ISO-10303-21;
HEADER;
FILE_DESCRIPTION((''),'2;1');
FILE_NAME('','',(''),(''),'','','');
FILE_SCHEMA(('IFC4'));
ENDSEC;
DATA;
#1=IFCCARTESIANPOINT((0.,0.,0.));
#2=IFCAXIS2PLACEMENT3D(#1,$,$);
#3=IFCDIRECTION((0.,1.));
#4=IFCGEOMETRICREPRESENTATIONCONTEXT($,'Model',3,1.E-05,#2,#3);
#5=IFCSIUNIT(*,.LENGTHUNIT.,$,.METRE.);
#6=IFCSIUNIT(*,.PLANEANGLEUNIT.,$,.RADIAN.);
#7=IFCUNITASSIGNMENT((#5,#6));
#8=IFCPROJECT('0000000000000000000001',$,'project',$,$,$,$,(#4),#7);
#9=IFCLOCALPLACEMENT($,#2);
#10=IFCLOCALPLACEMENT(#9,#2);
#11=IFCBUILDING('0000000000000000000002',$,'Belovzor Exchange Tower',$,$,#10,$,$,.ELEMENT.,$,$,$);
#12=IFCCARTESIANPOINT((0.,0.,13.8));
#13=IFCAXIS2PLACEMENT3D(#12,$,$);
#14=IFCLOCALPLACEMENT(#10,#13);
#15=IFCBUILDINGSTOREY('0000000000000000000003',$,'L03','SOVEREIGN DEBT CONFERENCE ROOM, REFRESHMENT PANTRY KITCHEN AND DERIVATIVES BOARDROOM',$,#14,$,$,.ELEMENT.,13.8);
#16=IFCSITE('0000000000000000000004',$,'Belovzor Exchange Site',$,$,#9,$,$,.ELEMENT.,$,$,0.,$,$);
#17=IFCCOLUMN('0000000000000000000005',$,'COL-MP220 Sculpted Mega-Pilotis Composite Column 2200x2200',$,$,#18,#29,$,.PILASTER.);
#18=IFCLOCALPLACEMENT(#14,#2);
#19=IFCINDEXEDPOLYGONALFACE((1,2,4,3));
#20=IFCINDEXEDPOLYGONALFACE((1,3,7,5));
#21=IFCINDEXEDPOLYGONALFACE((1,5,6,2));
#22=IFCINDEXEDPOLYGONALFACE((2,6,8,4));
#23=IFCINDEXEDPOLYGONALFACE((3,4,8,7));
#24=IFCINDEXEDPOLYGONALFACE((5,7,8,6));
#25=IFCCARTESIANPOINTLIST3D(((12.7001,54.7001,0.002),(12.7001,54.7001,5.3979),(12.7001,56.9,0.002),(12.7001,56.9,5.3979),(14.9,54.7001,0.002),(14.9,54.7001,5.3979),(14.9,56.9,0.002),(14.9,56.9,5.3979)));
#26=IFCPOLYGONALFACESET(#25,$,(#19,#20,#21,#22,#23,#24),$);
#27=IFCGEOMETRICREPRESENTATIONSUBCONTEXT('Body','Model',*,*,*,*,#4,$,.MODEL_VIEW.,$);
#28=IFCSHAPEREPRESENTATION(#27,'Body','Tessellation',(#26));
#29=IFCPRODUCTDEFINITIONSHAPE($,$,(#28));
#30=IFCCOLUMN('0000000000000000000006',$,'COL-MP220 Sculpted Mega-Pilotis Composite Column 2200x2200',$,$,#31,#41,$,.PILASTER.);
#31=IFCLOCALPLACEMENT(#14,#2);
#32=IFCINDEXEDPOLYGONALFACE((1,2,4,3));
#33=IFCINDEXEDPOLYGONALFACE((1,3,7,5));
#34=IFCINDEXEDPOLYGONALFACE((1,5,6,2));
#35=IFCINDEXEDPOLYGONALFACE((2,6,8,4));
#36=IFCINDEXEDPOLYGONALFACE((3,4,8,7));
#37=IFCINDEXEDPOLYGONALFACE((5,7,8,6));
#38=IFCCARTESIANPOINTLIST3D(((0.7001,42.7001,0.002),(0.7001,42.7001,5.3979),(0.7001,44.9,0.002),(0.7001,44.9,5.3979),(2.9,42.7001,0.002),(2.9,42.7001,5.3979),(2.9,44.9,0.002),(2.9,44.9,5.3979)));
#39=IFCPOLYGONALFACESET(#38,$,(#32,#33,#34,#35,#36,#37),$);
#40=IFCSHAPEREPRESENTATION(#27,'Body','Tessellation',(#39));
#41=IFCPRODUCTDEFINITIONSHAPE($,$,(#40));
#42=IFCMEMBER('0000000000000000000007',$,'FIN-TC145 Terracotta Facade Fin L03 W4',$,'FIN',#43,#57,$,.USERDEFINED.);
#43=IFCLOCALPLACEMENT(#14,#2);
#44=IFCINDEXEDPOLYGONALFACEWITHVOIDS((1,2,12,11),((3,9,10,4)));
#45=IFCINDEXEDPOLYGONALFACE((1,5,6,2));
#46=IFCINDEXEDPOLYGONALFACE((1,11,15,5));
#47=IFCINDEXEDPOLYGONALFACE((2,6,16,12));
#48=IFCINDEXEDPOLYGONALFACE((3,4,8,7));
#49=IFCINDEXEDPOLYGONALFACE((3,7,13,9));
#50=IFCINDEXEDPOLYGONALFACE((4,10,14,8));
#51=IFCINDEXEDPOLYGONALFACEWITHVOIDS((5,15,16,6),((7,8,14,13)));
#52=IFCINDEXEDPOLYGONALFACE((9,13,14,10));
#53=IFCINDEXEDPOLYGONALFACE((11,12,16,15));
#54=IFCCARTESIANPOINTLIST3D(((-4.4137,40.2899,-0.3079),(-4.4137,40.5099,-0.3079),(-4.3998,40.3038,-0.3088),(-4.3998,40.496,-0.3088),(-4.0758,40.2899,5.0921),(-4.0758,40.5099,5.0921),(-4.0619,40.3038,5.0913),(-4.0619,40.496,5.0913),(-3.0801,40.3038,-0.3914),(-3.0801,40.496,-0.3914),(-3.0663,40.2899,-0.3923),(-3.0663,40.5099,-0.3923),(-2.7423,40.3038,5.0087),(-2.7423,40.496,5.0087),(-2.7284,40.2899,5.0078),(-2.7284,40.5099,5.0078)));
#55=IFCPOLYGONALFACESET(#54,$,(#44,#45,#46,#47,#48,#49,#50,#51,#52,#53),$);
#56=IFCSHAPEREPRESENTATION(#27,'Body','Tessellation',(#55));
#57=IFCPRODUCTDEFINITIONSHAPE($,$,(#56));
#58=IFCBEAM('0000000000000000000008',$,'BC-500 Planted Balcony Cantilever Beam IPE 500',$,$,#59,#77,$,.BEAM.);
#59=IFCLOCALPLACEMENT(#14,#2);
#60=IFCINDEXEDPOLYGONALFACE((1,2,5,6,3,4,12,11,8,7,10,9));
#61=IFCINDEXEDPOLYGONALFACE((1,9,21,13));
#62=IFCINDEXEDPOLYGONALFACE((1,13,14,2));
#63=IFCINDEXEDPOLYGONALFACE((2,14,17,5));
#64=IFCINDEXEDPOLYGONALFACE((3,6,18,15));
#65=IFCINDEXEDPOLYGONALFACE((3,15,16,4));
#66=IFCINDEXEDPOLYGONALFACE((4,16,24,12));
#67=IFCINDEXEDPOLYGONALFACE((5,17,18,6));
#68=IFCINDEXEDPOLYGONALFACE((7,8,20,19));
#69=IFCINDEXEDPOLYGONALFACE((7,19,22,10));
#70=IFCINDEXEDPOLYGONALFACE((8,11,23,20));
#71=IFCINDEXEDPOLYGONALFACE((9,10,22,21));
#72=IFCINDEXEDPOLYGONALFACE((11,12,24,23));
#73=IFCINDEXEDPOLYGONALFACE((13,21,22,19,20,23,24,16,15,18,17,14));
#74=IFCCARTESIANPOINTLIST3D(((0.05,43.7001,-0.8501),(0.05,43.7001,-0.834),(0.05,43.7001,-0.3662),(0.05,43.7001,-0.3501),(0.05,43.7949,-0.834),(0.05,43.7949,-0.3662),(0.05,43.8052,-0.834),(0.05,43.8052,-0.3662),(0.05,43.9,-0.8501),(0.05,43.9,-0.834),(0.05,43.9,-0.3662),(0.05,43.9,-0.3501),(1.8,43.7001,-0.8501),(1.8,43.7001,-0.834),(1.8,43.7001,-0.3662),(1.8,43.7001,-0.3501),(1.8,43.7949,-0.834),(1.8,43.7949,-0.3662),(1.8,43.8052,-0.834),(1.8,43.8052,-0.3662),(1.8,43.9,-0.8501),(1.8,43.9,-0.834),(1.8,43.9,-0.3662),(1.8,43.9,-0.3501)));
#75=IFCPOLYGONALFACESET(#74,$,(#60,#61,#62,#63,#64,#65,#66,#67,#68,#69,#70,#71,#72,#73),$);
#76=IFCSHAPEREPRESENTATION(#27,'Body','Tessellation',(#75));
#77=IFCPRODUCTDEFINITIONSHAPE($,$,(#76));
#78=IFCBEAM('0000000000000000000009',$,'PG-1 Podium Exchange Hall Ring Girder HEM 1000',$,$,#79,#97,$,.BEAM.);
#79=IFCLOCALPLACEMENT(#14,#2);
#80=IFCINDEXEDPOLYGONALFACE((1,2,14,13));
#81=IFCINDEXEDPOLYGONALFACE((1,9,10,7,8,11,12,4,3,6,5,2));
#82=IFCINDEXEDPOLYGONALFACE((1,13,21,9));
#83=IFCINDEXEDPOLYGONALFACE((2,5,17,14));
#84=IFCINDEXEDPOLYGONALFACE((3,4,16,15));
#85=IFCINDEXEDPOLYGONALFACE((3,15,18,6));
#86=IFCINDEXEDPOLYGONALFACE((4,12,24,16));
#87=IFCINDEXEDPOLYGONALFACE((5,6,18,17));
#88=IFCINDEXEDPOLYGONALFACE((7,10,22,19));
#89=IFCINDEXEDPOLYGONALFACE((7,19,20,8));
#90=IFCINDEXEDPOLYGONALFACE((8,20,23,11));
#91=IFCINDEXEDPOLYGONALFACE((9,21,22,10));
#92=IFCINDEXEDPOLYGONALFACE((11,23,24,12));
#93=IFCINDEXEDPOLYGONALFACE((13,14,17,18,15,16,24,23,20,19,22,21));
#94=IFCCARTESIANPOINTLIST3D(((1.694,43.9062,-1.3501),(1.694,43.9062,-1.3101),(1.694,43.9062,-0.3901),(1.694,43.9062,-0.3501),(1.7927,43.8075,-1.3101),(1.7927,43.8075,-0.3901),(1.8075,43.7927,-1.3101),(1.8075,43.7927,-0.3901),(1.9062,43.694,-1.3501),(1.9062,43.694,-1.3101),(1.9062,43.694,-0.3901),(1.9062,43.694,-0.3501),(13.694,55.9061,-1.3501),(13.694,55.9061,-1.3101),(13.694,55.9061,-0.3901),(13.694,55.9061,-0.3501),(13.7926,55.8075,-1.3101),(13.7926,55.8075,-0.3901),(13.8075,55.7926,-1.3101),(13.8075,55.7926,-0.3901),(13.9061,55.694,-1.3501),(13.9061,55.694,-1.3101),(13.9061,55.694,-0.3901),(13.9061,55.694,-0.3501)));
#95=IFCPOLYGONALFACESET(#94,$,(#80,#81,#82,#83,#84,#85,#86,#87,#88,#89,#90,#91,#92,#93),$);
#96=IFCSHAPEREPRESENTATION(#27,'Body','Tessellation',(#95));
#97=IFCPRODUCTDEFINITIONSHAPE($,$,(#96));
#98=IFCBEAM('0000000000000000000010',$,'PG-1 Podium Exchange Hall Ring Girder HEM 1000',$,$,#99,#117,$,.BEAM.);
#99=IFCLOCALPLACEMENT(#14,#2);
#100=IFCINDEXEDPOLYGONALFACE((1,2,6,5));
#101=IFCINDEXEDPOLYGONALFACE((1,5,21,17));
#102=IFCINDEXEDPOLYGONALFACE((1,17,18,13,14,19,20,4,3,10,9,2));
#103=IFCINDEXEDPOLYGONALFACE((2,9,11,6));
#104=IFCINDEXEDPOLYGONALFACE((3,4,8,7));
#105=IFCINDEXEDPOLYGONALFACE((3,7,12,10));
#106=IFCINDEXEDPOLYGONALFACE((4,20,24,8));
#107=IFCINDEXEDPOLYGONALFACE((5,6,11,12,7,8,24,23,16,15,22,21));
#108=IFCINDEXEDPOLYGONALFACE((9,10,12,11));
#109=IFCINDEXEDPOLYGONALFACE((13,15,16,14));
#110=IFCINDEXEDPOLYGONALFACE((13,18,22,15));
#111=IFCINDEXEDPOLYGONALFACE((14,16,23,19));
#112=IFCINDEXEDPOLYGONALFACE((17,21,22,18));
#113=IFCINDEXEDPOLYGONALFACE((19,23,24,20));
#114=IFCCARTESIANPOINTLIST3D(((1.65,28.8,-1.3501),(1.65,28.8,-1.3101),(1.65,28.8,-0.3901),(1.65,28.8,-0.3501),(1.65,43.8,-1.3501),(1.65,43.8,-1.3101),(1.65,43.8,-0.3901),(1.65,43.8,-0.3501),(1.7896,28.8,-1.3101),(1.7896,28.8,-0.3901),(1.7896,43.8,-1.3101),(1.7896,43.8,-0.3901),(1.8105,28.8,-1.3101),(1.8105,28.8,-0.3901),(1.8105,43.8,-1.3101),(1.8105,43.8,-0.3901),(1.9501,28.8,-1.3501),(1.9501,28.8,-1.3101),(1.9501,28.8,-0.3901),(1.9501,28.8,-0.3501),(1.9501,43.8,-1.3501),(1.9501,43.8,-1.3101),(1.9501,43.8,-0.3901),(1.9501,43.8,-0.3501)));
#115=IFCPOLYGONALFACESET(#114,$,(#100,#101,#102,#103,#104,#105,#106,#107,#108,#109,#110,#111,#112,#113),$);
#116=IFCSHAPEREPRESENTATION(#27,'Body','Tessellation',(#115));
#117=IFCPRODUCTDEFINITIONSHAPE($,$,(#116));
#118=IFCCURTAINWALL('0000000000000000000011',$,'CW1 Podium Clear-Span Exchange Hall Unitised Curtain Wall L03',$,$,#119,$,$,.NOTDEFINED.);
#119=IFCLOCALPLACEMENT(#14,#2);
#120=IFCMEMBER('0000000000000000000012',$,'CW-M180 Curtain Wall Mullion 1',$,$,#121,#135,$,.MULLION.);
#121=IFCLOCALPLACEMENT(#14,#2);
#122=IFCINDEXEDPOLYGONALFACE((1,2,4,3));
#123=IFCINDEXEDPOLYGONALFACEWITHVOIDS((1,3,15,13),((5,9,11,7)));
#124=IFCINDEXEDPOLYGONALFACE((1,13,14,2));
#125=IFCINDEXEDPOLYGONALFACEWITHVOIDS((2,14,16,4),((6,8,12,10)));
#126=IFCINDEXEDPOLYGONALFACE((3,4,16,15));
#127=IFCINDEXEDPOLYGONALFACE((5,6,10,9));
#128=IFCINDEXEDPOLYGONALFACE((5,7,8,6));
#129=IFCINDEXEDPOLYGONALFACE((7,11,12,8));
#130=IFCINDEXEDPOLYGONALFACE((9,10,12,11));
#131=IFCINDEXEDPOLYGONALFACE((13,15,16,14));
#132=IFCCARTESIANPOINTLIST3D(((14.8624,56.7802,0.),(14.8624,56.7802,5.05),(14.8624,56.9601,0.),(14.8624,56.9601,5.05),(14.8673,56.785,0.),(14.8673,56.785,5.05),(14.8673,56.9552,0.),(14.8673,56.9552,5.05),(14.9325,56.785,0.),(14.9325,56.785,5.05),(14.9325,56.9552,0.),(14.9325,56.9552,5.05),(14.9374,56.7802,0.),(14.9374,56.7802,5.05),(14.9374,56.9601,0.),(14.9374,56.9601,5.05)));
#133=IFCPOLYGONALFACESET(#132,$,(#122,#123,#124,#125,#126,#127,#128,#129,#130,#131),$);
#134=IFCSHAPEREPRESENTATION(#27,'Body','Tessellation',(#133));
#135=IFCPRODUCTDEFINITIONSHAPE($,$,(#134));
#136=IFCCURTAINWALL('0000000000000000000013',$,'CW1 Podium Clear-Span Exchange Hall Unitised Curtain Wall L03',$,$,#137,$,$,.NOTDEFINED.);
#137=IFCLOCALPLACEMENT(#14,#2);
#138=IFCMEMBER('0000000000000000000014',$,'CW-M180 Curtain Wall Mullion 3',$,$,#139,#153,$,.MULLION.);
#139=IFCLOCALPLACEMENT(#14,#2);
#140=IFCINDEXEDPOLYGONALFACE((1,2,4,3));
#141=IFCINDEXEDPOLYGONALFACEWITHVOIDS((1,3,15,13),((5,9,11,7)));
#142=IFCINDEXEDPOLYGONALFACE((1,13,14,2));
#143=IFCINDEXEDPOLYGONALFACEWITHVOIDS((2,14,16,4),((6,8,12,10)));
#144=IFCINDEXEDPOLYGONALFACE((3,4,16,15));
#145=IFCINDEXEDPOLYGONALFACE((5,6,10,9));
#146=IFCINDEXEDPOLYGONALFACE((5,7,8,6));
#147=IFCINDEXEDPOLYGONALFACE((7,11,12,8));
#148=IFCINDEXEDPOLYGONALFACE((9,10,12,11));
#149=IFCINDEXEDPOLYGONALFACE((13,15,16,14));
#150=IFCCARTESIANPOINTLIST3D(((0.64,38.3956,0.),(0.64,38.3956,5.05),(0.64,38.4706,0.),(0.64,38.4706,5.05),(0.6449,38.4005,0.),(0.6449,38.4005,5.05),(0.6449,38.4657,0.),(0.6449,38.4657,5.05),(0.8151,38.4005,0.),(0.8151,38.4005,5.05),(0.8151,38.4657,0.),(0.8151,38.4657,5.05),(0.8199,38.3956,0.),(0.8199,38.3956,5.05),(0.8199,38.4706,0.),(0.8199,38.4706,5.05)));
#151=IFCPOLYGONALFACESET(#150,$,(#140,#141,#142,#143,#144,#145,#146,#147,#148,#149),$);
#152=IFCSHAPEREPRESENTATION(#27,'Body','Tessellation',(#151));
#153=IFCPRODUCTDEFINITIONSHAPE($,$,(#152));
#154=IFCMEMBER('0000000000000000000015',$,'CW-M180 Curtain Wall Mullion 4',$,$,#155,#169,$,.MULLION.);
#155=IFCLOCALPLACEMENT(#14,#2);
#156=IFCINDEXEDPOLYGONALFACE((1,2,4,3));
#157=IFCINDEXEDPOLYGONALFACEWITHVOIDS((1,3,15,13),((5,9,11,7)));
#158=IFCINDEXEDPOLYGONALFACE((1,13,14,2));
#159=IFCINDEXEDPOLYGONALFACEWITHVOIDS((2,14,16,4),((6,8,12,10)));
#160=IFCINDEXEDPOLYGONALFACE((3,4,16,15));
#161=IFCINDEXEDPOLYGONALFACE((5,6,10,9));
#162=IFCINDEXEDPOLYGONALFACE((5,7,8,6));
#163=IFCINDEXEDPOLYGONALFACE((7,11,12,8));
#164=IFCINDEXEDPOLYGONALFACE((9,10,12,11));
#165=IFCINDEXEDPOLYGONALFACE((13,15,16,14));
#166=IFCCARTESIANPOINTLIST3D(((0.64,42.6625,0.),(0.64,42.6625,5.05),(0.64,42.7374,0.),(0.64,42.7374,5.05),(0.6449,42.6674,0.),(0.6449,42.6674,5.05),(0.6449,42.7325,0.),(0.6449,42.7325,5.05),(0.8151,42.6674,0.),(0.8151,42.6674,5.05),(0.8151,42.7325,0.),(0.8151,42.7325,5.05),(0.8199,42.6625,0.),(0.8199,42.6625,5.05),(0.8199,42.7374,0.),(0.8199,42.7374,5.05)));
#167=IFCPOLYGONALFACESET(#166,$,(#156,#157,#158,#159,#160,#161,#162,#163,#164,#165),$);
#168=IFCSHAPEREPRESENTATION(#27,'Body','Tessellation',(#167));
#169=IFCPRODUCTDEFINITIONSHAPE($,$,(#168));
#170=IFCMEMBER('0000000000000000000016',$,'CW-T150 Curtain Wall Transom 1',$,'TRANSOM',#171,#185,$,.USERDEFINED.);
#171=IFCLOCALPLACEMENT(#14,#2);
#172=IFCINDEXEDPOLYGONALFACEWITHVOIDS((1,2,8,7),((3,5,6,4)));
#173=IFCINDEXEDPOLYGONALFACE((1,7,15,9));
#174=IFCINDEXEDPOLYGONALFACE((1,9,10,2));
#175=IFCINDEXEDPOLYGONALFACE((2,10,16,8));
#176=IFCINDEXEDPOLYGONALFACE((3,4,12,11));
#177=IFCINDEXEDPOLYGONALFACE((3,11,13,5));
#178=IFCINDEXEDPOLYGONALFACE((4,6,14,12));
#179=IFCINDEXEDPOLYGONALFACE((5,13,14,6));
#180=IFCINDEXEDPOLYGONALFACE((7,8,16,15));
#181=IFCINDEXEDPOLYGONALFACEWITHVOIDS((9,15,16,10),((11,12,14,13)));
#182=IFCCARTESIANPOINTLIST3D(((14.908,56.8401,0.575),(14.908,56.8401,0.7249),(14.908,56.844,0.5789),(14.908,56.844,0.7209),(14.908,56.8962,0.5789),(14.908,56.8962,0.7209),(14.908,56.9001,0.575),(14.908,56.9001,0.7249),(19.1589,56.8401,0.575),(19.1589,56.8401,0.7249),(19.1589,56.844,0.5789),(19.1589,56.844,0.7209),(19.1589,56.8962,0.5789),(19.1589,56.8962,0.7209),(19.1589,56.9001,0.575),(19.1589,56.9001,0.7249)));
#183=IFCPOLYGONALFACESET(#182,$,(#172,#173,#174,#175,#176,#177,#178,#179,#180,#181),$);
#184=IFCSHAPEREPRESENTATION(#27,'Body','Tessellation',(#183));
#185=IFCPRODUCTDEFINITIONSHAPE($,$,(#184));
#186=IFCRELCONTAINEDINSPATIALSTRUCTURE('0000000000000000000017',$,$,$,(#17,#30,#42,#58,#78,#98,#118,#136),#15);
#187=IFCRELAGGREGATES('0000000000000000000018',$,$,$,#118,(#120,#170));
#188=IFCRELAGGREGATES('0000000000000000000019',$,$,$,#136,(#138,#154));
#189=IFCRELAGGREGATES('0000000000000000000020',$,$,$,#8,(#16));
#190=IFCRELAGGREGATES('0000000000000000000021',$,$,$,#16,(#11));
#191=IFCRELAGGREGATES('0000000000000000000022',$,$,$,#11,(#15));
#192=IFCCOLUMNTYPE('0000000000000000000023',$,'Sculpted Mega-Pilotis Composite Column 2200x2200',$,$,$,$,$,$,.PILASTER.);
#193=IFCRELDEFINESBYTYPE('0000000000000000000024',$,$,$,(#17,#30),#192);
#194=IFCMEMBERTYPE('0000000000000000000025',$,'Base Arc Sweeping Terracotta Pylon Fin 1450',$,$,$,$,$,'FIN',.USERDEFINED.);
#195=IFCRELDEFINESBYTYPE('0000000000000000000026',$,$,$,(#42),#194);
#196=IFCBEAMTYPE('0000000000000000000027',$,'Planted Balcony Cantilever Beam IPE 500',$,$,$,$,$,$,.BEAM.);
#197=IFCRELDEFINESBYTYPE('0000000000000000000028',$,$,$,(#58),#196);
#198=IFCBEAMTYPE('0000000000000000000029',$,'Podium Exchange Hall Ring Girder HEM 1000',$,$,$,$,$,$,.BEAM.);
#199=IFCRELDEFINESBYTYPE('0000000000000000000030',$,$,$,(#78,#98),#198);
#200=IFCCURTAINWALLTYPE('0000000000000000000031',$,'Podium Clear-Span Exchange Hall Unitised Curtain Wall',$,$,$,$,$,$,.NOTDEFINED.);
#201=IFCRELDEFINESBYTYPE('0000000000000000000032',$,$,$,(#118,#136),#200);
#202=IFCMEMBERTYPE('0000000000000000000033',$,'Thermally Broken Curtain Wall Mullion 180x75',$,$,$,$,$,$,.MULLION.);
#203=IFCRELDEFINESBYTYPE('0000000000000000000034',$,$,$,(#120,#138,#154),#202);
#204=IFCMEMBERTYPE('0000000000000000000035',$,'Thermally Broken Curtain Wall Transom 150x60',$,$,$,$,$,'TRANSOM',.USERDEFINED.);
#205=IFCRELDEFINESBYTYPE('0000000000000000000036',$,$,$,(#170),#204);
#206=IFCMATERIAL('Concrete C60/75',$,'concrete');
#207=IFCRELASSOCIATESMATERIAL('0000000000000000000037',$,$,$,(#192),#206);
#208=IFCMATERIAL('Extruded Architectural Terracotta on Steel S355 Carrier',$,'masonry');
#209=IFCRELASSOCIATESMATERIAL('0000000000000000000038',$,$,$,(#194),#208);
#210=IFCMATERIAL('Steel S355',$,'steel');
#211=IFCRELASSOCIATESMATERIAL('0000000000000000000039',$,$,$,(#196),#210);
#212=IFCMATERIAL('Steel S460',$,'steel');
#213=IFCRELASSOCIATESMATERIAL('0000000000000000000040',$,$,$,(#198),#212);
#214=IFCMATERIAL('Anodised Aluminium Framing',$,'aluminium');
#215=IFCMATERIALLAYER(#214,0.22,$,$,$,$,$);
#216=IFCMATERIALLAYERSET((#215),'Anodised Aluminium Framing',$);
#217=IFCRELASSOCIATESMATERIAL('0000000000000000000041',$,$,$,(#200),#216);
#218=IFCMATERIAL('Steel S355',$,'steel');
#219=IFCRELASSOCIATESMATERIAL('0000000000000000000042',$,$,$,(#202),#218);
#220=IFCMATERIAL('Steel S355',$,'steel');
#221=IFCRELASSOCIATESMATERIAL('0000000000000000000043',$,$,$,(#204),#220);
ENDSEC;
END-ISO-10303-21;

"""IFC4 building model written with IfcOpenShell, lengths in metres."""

from ifc_helpers import new_model, si_unit, direction, frame, origin, origin_2d, place, context, subcontext, project, spatial, rectangle, hollow_rectangle, i_section, extrude, material, layer, layer_set, material_profile, profile_set, type_object, element, aggregate, save


model = new_model("IFC4")

# Units and contexts
model_context = context("Model", 3, precision=1e-05, world=origin(), true_north=direction((0.0, 1.0)))
body_context = subcontext(model_context, "Body", "Model", "MODEL_VIEW")
ifc_project = project(units=[si_unit("LENGTHUNIT", "METRE"), si_unit("PLANEANGLEUNIT", "RADIAN")], contexts=[model_context])

# Site, building, storey
site_placement = place(None, origin())
site = spatial("IfcSite", under=ifc_project, at=site_placement, Name="Belovzor Exchange Site", CompositionType="ELEMENT", RefElevation=0.0)
building_placement = place(site_placement, origin())
building = spatial("IfcBuilding", under=site, at=building_placement, Name="Belovzor Exchange Tower", CompositionType="ELEMENT")
storey_placement = place(building_placement, frame((0.0, 0.0, 13.8)))
storey = spatial("IfcBuildingStorey", under=building, at=storey_placement, Name="L03", Description="SOVEREIGN DEBT CONFERENCE ROOM, REFRESHMENT PANTRY KITCHEN AND DERIVATIVES BOARDROOM", CompositionType="ELEMENT", Elevation=13.8)

# Columns
ifc_material_1 = material(Name="Concrete C60/75", Category="concrete")
ifc_material_profile_1 = material_profile(ifc_material_1, rectangle(XDim=2.2, YDim=2.2, at=origin_2d()))
ifc_profile_set_1 = profile_set([ifc_material_profile_1], Name="Concrete C60/75")
column_type = type_object("IfcColumnType", Name="Sculpted Mega-Pilotis Composite Column 2200x2200", PredefinedType="PILASTER", material=ifc_profile_set_1)
for number, where, z_axis, x_axis, name in (
    (1, (13.8, 55.8, 0.002), (0.0, 0.0, 1.0), (1.0, 0.0, 0.0), "COL-MP220 Sculpted Mega-Pilotis Composite Column 2200x2200"),
    (2, (1.8, 43.8, 0.002), (0.0, 0.0, 1.0), (1.0, 0.0, 0.0), "COL-MP220 Sculpted Mega-Pilotis Composite Column 2200x2200"),
):
    element("IfcColumn", number, at=place(storey_placement, frame(where, z_axis=z_axis, x_axis=x_axis)), inside=storey, type_object=column_type, Name=name, PredefinedType="PILASTER", context=body_context, shape_type="SweptSolid", body=[
        extrude(rectangle(XDim=2.2, YDim=2.2, at=origin_2d()), origin(), (0.0, 0.0, 1.0), 5.396),
    ])

# Member
ifc_material_2 = material(Name="Extruded Architectural Terracotta on Steel S355 Carrier", Category="masonry")
ifc_material_profile_2 = material_profile(ifc_material_2, hollow_rectangle(XDim=0.22, YDim=1.3501, WallThickness=0.0139, at=origin_2d()))
ifc_profile_set_2 = profile_set([ifc_material_profile_2], Name="Extruded Architectural Terracotta on Steel S355 Carrier")
member_type_1 = type_object("IfcMemberType", Name="Base Arc Sweeping Terracotta Pylon Fin 1450", ElementType="FIN", PredefinedType="USERDEFINED", material=ifc_profile_set_2)
member_1_placement = place(storey_placement, frame((-3.74, 40.3999, -0.3501), z_axis=(0.062449, 0.0, 0.998048), x_axis=(0.0, 1.0, 0.0)))
element("IfcMember", 3, at=member_1_placement, inside=storey, type_object=member_type_1, Name="FIN-TC145 Terracotta Facade Fin L03 W4", ObjectType="FIN", PredefinedType="USERDEFINED", context=body_context, shape_type="SweptSolid", body=[
    extrude(hollow_rectangle(XDim=0.22, YDim=1.3501, WallThickness=0.0139, at=origin_2d()), origin(), (0.0, 0.0, 1.0), 5.4106),
])

# Beams
ifc_material_3 = material(Name="Steel S355", Category="steel")
ifc_material_profile_3 = material_profile(ifc_material_3, i_section(OverallWidth=0.2, OverallDepth=0.5, WebThickness=0.0103, FlangeThickness=0.0161, at=origin_2d()))
ifc_profile_set_3 = profile_set([ifc_material_profile_3], Name="Steel S355")
beam_type_1 = type_object("IfcBeamType", Name="Planted Balcony Cantilever Beam IPE 500", PredefinedType="BEAM", material=ifc_profile_set_3)
beam_1_placement = place(storey_placement, frame((1.8, 43.8, -0.6001), z_axis=(-1.0, 0.0, 0.0), x_axis=(0.0, -1.0, 0.0)))
element("IfcBeam", 4, at=beam_1_placement, inside=storey, type_object=beam_type_1, Name="BC-500 Planted Balcony Cantilever Beam IPE 500", PredefinedType="BEAM", context=body_context, shape_type="SweptSolid", body=[
    extrude(i_section(OverallWidth=0.2, OverallDepth=0.5, WebThickness=0.0103, FlangeThickness=0.0161, at=origin_2d()), origin(), (0.0, 0.0, 1.0), 1.75),
])
ifc_material_4 = material(Name="Steel S460", Category="steel")
ifc_material_profile_4 = material_profile(ifc_material_4, i_section(OverallWidth=0.3, OverallDepth=1.0, WebThickness=0.021, FlangeThickness=0.04, at=origin_2d()))
ifc_profile_set_4 = profile_set([ifc_material_profile_4], Name="Steel S460")
beam_type_2 = type_object("IfcBeamType", Name="Podium Exchange Hall Ring Girder HEM 1000", PredefinedType="BEAM", material=ifc_profile_set_4)
beam_2_placement = place(storey_placement, frame((13.8, 55.8, -0.8501), z_axis=(-0.707107, -0.707107, 0.0), x_axis=(0.707107, -0.707107, 0.0)))
element("IfcBeam", 5, at=beam_2_placement, inside=storey, type_object=beam_type_2, Name="PG-1 Podium Exchange Hall Ring Girder HEM 1000", PredefinedType="BEAM", context=body_context, shape_type="SweptSolid", body=[
    extrude(i_section(OverallWidth=0.3, OverallDepth=1.0, WebThickness=0.021, FlangeThickness=0.04, at=origin_2d()), origin(), (0.0, 0.0, 1.0), 16.9705),
])
beam_3_placement = place(storey_placement, frame((1.8, 43.8, -0.8501), z_axis=(0.0, -1.0, 0.0), x_axis=(1.0, 0.0, 0.0)))
element("IfcBeam", 6, at=beam_3_placement, inside=storey, type_object=beam_type_2, Name="PG-1 Podium Exchange Hall Ring Girder HEM 1000", PredefinedType="BEAM", context=body_context, shape_type="SweptSolid", body=[
    extrude(i_section(OverallWidth=0.3, OverallDepth=1.0, WebThickness=0.021, FlangeThickness=0.04, at=origin_2d()), origin(), (0.0, 0.0, 1.0), 15.0),
])

# Curtain wall, member
ifc_material_5 = material(Name="Anodised Aluminium Framing", Category="aluminium")
ifc_layer_1 = layer(ifc_material_5, 0.22)
ifc_layer_set_1 = layer_set([ifc_layer_1], Name="Anodised Aluminium Framing")
curtain_wall_type = type_object("IfcCurtainWallType", Name="Podium Clear-Span Exchange Hall Unitised Curtain Wall", PredefinedType="NOTDEFINED", material=ifc_layer_set_1)
curtain_wall_1_placement = place(storey_placement, origin())
curtain_wall_1 = element("IfcCurtainWall", 7, at=curtain_wall_1_placement, inside=storey, type_object=curtain_wall_type, Name="CW1 Podium Clear-Span Exchange Hall Unitised Curtain Wall L03", PredefinedType="NOTDEFINED")
ifc_material_6 = material(Name="Steel S355", Category="steel")
ifc_material_profile_5 = material_profile(ifc_material_6, hollow_rectangle(XDim=0.075, YDim=0.1799, WallThickness=0.0049, at=origin_2d()))
ifc_profile_set_5 = profile_set([ifc_material_profile_5], Name="Steel S355")
member_type_2 = type_object("IfcMemberType", Name="Thermally Broken Curtain Wall Mullion 180x75", PredefinedType="MULLION", material=ifc_profile_set_5)
member_2_placement = place(storey_placement, frame((14.8999, 56.8701, 0.0), z_axis=(0.0, 0.0, 1.0), x_axis=(1.0, 0.0, 0.0)))
member_2 = element("IfcMember", 8, at=member_2_placement, type_object=member_type_2, Name="CW-M180 Curtain Wall Mullion 1", PredefinedType="MULLION", context=body_context, shape_type="SweptSolid", body=[
    extrude(hollow_rectangle(XDim=0.075, YDim=0.1799, WallThickness=0.0049, at=origin_2d()), origin(), (0.0, 0.0, 1.0), 5.05),
])

# Curtain wall, members
curtain_wall_2_placement = place(storey_placement, origin())
curtain_wall_2 = element("IfcCurtainWall", 9, at=curtain_wall_2_placement, inside=storey, type_object=curtain_wall_type, Name="CW1 Podium Clear-Span Exchange Hall Unitised Curtain Wall L03", PredefinedType="NOTDEFINED")
member_3_placement = place(storey_placement, frame((0.73, 38.4331, 0.0), z_axis=(0.0, 0.0, 1.0), x_axis=(0.0, 1.0, 0.0)))
member_3 = element("IfcMember", 10, at=member_3_placement, type_object=member_type_2, Name="CW-M180 Curtain Wall Mullion 3", PredefinedType="MULLION", context=body_context, shape_type="SweptSolid", body=[
    extrude(hollow_rectangle(XDim=0.075, YDim=0.1799, WallThickness=0.0049, at=origin_2d()), origin(), (0.0, 0.0, 1.0), 5.05),
])
member_4_placement = place(storey_placement, frame((0.73, 42.7, 0.0), z_axis=(0.0, 0.0, 1.0), x_axis=(0.0, 1.0, 0.0)))
member_4 = element("IfcMember", 11, at=member_4_placement, type_object=member_type_2, Name="CW-M180 Curtain Wall Mullion 4", PredefinedType="MULLION", context=body_context, shape_type="SweptSolid", body=[
    extrude(hollow_rectangle(XDim=0.075, YDim=0.1799, WallThickness=0.0049, at=origin_2d()), origin(), (0.0, 0.0, 1.0), 5.05),
])

# Member
ifc_material_7 = material(Name="Steel S355", Category="steel")
ifc_material_profile_6 = material_profile(ifc_material_7, hollow_rectangle(XDim=0.0601, YDim=0.1499, WallThickness=0.0039, at=origin_2d()))
ifc_profile_set_6 = profile_set([ifc_material_profile_6], Name="Steel S355")
member_type_3 = type_object("IfcMemberType", Name="Thermally Broken Curtain Wall Transom 150x60", ElementType="TRANSOM", PredefinedType="USERDEFINED", material=ifc_profile_set_6)
member_5_placement = place(storey_placement, frame((14.908, 56.8701, 0.6499), z_axis=(1.0, 0.0, 0.0), x_axis=(0.0, 1.0, 0.0)))
member_5 = element("IfcMember", 12, at=member_5_placement, type_object=member_type_3, Name="CW-T150 Curtain Wall Transom 1", ObjectType="TRANSOM", PredefinedType="USERDEFINED", context=body_context, shape_type="SweptSolid", body=[
    extrude(hollow_rectangle(XDim=0.0601, YDim=0.1499, WallThickness=0.0039, at=origin_2d()), origin(), (0.0, 0.0, 1.0), 4.251),
])
aggregate(curtain_wall_1, [member_2, member_5])

aggregate(curtain_wall_2, [member_3, member_4])

save(model, "model.ifc")
